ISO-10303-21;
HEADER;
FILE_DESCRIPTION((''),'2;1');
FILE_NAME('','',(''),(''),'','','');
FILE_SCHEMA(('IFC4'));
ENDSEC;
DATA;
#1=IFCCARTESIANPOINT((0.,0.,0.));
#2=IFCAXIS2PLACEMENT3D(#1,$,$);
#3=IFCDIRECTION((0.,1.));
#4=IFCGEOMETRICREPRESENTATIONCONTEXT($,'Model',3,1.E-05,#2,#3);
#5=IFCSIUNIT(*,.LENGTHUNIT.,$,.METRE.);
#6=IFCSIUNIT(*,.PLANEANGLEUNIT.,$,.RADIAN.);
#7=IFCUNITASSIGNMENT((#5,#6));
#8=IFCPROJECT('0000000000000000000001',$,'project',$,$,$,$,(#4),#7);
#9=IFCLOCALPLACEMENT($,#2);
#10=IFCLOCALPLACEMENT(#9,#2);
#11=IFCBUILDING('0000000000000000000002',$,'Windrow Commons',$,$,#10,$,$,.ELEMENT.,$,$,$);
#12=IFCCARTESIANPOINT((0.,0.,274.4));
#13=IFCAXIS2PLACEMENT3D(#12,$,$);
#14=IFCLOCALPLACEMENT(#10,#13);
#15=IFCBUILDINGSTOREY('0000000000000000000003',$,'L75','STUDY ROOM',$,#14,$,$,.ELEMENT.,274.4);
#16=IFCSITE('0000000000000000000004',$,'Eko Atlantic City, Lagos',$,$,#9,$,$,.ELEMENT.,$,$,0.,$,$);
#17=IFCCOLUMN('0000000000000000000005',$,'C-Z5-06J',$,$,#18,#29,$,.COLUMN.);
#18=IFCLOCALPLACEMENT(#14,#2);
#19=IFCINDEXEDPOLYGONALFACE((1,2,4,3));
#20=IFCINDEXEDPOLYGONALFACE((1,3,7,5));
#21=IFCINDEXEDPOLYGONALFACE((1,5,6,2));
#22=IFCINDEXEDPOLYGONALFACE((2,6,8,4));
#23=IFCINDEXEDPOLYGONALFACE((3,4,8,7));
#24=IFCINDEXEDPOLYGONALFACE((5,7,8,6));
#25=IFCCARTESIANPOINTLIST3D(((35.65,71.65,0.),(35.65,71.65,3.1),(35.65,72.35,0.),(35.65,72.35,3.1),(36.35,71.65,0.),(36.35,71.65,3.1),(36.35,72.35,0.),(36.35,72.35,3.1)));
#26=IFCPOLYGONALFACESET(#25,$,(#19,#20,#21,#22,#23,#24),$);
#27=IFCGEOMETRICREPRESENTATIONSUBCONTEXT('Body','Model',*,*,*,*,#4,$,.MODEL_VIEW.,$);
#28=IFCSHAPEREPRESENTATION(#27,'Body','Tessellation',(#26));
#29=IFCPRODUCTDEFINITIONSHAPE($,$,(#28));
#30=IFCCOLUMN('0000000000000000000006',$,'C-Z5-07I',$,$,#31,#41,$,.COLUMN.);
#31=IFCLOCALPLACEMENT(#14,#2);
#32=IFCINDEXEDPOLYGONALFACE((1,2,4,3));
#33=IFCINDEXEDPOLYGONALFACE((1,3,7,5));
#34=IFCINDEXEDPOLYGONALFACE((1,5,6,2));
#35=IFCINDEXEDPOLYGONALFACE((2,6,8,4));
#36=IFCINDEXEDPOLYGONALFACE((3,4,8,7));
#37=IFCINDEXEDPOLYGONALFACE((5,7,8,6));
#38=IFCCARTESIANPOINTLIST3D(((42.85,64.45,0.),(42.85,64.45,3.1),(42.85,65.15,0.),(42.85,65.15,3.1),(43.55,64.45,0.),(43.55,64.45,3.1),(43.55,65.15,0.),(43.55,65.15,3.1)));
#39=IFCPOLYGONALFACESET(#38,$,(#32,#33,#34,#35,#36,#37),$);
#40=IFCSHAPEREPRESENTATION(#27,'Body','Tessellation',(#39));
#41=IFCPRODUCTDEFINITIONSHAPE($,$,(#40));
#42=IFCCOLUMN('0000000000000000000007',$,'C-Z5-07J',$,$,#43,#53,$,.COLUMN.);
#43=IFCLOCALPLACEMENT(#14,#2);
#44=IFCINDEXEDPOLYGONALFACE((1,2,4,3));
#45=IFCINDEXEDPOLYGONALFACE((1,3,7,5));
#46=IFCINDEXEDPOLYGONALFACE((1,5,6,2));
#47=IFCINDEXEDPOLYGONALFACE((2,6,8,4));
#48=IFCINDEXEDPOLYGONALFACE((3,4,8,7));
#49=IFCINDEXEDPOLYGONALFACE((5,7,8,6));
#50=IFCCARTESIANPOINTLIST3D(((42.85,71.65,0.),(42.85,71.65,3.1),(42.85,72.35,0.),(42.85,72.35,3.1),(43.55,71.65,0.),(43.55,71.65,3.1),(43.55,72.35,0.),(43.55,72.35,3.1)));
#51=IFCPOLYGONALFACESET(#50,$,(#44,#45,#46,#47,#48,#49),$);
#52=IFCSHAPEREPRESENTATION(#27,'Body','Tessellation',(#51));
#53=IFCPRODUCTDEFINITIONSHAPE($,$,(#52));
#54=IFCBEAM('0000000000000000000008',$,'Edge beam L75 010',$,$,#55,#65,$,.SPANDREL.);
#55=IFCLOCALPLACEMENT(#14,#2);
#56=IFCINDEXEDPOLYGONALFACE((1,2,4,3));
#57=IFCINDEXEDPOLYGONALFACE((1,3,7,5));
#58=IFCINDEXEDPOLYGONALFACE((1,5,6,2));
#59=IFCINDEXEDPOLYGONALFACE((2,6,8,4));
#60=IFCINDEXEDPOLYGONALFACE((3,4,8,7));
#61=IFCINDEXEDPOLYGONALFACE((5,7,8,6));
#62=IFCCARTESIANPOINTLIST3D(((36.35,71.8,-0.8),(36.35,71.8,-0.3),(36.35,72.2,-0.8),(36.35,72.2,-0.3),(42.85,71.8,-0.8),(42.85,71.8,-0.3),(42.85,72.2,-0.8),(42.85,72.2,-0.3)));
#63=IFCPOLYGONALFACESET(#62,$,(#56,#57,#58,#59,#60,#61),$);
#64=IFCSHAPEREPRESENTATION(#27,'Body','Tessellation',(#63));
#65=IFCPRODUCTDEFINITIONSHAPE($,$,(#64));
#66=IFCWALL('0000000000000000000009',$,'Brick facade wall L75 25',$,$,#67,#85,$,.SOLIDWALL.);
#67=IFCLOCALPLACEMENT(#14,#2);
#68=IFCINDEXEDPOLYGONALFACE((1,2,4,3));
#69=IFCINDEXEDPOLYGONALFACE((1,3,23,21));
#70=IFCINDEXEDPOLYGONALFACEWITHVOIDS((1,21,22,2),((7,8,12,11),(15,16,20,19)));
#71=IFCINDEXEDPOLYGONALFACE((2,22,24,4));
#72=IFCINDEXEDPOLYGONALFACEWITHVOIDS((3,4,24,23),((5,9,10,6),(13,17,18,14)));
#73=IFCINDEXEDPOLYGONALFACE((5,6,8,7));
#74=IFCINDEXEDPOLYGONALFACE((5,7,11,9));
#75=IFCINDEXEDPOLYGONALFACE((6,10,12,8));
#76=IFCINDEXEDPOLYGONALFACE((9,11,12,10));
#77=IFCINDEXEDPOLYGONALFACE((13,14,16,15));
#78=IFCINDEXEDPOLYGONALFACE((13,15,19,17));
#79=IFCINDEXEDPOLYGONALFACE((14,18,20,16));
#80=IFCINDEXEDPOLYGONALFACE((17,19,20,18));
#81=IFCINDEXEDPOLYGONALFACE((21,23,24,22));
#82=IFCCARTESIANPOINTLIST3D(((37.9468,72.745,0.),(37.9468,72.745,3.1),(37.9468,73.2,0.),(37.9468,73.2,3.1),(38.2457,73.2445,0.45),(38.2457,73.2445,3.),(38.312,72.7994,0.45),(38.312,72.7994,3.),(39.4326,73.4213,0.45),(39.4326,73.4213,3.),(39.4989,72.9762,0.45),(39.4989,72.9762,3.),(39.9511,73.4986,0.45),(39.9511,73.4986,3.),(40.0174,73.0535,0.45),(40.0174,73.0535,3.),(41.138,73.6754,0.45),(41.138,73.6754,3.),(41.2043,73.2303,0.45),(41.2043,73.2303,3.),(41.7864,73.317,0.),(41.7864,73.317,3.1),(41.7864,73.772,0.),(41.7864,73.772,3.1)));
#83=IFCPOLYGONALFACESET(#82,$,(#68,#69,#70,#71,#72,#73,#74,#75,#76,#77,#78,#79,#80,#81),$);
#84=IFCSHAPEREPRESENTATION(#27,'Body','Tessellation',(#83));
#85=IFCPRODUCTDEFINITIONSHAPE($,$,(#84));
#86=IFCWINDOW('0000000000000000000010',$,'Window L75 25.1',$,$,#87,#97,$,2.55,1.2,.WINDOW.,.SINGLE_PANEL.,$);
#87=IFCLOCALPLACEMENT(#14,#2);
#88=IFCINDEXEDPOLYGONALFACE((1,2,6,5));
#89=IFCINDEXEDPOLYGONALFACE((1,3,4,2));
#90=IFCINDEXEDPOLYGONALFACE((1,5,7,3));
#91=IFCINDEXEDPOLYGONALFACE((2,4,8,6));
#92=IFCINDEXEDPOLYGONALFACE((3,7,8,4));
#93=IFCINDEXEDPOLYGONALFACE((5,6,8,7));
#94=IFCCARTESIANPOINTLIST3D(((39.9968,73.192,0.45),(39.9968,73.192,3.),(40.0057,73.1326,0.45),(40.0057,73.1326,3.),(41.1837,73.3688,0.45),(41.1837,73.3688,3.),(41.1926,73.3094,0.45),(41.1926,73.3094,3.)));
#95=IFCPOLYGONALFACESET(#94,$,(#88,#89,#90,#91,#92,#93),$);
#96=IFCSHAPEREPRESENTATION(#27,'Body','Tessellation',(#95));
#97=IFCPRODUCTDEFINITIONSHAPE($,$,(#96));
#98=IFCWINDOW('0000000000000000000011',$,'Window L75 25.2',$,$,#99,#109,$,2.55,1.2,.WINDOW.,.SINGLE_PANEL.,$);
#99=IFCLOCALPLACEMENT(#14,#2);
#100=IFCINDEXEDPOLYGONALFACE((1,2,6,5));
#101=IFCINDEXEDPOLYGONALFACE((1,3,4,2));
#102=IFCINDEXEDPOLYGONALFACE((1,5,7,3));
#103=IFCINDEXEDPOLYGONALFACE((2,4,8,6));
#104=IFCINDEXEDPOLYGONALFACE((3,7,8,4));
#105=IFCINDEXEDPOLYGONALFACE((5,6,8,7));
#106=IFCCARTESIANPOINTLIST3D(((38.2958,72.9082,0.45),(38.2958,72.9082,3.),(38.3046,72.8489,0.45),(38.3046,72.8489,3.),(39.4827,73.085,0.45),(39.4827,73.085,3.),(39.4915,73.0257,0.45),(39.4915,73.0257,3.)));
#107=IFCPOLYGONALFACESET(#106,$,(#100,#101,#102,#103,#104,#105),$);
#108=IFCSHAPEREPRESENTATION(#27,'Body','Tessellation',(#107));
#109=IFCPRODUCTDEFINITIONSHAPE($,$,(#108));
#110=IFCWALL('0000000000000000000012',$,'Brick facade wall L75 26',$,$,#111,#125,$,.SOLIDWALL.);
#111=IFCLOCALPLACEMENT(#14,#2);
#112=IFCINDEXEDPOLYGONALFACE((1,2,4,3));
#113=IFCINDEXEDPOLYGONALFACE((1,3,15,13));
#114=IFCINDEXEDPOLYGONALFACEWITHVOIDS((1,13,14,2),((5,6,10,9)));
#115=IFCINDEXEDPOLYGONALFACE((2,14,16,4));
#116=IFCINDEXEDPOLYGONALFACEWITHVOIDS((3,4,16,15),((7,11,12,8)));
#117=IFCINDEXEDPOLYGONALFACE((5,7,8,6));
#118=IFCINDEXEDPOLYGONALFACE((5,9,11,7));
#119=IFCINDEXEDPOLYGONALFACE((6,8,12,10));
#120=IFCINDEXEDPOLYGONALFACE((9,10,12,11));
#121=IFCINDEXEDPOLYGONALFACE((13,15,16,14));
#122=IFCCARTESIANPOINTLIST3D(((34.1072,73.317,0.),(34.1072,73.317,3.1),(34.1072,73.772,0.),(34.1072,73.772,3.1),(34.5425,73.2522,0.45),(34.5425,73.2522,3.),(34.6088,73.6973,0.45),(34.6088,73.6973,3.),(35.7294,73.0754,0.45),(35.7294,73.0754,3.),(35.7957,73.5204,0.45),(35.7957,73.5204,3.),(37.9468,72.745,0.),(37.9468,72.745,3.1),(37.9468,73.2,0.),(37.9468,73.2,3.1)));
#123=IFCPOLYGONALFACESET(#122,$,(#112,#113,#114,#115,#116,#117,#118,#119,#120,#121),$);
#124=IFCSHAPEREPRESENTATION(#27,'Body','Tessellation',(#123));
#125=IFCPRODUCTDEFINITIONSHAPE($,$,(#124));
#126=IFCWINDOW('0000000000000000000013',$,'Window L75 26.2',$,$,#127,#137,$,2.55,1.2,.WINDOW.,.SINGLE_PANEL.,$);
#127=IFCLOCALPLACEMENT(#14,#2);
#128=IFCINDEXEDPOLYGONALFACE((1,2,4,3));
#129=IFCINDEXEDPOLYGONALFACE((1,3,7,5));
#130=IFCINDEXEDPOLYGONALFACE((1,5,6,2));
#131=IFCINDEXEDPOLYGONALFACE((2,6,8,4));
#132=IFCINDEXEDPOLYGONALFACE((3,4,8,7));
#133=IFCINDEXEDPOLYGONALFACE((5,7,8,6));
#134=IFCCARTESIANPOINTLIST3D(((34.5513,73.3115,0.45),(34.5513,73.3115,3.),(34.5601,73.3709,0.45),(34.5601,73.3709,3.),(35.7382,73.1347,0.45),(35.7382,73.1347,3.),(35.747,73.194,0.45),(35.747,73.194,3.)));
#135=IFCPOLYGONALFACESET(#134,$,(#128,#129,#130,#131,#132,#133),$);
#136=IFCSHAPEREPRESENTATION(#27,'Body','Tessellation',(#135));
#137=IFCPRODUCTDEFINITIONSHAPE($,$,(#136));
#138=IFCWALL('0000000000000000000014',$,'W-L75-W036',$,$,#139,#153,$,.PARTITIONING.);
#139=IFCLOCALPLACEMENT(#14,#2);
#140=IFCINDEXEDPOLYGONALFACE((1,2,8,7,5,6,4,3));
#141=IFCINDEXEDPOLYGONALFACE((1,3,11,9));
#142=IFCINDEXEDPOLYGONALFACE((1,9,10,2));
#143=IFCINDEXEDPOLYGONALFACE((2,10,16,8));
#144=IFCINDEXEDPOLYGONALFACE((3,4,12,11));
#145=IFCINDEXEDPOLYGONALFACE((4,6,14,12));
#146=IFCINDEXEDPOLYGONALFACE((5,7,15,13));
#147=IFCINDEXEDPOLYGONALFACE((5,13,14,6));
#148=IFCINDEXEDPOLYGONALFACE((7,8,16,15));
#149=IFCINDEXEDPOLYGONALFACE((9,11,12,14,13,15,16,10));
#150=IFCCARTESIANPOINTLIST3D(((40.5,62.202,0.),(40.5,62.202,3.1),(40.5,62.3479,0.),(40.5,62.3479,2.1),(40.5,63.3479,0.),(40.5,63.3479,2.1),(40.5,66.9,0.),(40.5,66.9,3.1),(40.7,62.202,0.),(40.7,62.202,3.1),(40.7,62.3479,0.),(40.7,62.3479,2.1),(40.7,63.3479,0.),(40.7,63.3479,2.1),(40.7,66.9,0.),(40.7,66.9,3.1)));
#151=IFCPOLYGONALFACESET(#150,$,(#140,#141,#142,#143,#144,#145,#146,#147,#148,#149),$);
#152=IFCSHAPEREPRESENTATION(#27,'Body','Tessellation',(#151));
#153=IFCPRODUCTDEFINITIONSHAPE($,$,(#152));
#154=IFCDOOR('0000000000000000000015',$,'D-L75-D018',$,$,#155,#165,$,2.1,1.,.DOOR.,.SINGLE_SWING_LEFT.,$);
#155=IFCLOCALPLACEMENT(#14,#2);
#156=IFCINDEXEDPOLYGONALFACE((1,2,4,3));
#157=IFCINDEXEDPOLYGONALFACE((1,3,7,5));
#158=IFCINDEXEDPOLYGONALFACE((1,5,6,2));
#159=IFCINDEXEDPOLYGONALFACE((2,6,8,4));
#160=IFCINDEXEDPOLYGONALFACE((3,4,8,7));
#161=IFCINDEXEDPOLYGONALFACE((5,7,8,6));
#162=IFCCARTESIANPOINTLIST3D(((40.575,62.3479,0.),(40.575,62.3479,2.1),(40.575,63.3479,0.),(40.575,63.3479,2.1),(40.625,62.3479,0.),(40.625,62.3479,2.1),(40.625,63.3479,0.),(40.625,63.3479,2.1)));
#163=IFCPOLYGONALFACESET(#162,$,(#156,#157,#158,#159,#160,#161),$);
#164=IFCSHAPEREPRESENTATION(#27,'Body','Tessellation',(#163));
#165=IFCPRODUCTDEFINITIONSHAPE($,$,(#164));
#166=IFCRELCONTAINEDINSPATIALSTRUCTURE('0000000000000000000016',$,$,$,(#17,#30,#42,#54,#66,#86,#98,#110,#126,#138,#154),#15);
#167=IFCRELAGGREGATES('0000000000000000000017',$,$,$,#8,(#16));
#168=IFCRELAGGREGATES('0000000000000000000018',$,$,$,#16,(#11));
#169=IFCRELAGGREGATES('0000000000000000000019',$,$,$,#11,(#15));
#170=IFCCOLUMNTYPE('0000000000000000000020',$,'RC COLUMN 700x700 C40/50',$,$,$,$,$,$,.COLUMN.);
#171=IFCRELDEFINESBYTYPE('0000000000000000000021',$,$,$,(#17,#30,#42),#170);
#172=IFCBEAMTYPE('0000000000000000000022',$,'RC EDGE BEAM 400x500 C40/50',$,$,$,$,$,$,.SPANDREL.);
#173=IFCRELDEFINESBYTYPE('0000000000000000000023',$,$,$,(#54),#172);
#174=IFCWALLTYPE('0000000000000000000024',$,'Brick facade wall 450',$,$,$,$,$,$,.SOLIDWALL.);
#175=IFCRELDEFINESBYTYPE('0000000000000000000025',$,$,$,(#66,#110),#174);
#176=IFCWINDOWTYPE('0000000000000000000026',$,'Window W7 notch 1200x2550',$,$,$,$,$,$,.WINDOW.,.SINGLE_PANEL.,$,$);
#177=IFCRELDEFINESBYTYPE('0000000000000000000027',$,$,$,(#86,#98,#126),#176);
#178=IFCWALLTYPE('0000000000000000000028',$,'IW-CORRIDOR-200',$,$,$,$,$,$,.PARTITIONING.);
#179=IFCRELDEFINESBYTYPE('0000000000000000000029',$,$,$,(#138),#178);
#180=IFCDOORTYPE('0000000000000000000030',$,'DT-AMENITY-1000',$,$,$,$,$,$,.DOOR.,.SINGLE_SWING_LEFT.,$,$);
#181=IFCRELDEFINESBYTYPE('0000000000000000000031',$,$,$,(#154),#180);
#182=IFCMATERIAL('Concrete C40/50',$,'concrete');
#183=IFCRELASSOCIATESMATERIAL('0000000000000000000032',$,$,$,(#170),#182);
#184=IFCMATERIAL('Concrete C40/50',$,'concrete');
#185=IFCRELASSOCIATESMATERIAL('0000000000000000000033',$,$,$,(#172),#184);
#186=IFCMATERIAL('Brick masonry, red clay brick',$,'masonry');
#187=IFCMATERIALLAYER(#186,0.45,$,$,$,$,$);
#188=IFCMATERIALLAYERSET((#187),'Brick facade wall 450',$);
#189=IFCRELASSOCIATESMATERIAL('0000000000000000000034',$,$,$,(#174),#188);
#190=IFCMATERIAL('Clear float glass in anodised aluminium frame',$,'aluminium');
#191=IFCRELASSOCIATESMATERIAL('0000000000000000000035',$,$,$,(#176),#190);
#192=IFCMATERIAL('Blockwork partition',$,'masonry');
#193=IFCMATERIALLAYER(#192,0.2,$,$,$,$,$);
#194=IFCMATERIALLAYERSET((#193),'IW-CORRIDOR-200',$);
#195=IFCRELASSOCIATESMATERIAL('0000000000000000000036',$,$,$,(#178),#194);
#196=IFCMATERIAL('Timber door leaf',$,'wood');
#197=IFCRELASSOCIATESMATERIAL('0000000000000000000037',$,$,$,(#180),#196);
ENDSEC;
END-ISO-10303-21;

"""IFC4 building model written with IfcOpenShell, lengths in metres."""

from ifc_helpers import new_model, si_unit, direction, frame, frame_2d, origin, origin_2d, place, context, subcontext, project, spatial, polyline, rectangle, outline, extrude, material, layer, layer_set, material_profile, profile_set, type_object, element, fill, save


model = new_model("IFC4")

# Units and contexts
model_context = context("Model", 3, precision=1e-05, world=origin(), true_north=direction((0.0, 1.0)))
body_context = subcontext(model_context, "Body", "Model", "MODEL_VIEW")
ifc_project = project(units=[si_unit("LENGTHUNIT", "METRE"), si_unit("PLANEANGLEUNIT", "RADIAN")], contexts=[model_context])

# Site, building, storey
site_placement = place(None, origin())
site = spatial("IfcSite", under=ifc_project, at=site_placement, Name="Eko Atlantic City, Lagos", CompositionType="ELEMENT", RefElevation=0.0)
building_placement = place(site_placement, origin())
building = spatial("IfcBuilding", under=site, at=building_placement, Name="Windrow Commons", CompositionType="ELEMENT")
storey_placement = place(building_placement, frame((0.0, 0.0, 274.4)))
storey = spatial("IfcBuildingStorey", under=building, at=storey_placement, Name="L75", Description="STUDY ROOM", CompositionType="ELEMENT", Elevation=274.4)

# Columns
ifc_material_1 = material(Name="Concrete C40/50", Category="concrete")
ifc_material_profile_1 = material_profile(ifc_material_1, rectangle(XDim=0.7, YDim=0.7, at=origin_2d()))
ifc_profile_set_1 = profile_set([ifc_material_profile_1], Name="Concrete C40/50")
column_type = type_object("IfcColumnType", Name="RC COLUMN 700x700 C40/50", PredefinedType="COLUMN", material=ifc_profile_set_1)
for number, where, z_axis, x_axis, name in (
    (1, (36.0, 72.0, 0.0), (0.0, 0.0, 1.0), (1.0, 0.0, 0.0), "C-Z5-06J"),
    (2, (43.2, 64.8, 0.0), (0.0, 0.0, 1.0), (1.0, 0.0, 0.0), "C-Z5-07I"),
    (3, (43.2, 72.0, 0.0), (0.0, 0.0, 1.0), (1.0, 0.0, 0.0), "C-Z5-07J"),
):
    element("IfcColumn", number, at=place(storey_placement, frame(where, z_axis=z_axis, x_axis=x_axis)), inside=storey, type_object=column_type, Name=name, PredefinedType="COLUMN", context=body_context, shape_type="SweptSolid", body=[
        extrude(rectangle(XDim=0.7, YDim=0.7, at=origin_2d()), origin(), (0.0, 0.0, 1.0), 3.1),
    ])

# Beam
ifc_material_2 = material(Name="Concrete C40/50", Category="concrete")
ifc_material_profile_2 = material_profile(ifc_material_2, rectangle(XDim=0.4, YDim=0.5, at=origin_2d()))
ifc_profile_set_2 = profile_set([ifc_material_profile_2], Name="Concrete C40/50")
beam_type = type_object("IfcBeamType", Name="RC EDGE BEAM 400x500 C40/50", PredefinedType="SPANDREL", material=ifc_profile_set_2)
beam_placement = place(storey_placement, frame((36.35, 72.0, -0.55), z_axis=(1.0, 0.0, 0.0), x_axis=(0.0, 1.0, 0.0)))
element("IfcBeam", 4, at=beam_placement, inside=storey, type_object=beam_type, Name="Edge beam L75 010", PredefinedType="SPANDREL", context=body_context, shape_type="SweptSolid", body=[
    extrude(rectangle(XDim=0.4, YDim=0.5, at=origin_2d()), origin(), (0.0, 0.0, 1.0), 6.5),
])

# Wall, openings, windows
ifc_material_3 = material(Name="Brick masonry, red clay brick", Category="masonry")
ifc_layer_1 = layer(ifc_material_3, 0.45)
ifc_layer_set_1 = layer_set([ifc_layer_1], Name="Brick facade wall 450")
wall_type_1 = type_object("IfcWallType", Name="Brick facade wall 450", PredefinedType="SOLIDWALL", material=ifc_layer_set_1)
wall_1_placement = place(storey_placement, frame((41.7864, 73.5445, 0.0), z_axis=(0.0, 0.0, 1.0), x_axis=(-0.989085, -0.147348, 0.0)))
wall_1 = element("IfcWall", 5, at=wall_1_placement, inside=storey, type_object=wall_type_1, Name="Brick facade wall L75 25", PredefinedType="SOLIDWALL", context=body_context, shape_type="SweptSolid", body=[
    extrude(outline(polyline([(-0.0335, -0.225), (3.8485, -0.225), (3.9155, 0.225), (0.0335, 0.225), (-0.0335, -0.225)])), origin(), (0.0, 0.0, 1.0), 3.1),
])
opening_1_placement = place(wall_1_placement, frame((0.622, 0.0, 0.45)))
opening_1 = element("IfcOpeningElement", 6, at=opening_1_placement, cuts=wall_1, PredefinedType="OPENING", context=body_context, shape_type="SweptSolid", body=[
    extrude(rectangle(XDim=1.2, YDim=2.55, at=frame_2d((0.6, 1.275))), frame((0.0, 0.235, 0.0), z_axis=(0.0, -1.0, 0.0), x_axis=(1.0, 0.0, 0.0)), (0.0, 0.0, 1.0), 0.47),
])
opening_2_placement = place(wall_1_placement, frame((2.3463, 0.0, 0.45)))
opening_2 = element("IfcOpeningElement", 7, at=opening_2_placement, cuts=wall_1, PredefinedType="OPENING", context=body_context, shape_type="SweptSolid", body=[
    extrude(rectangle(XDim=1.2, YDim=2.55, at=frame_2d((0.6, 1.275))), frame((0.0, 0.235, 0.0), z_axis=(0.0, -1.0, 0.0), x_axis=(1.0, 0.0, 0.0)), (0.0, 0.0, 1.0), 0.47),
])
ifc_material_4 = material(Name="Clear float glass in anodised aluminium frame", Category="aluminium")
window_type = type_object("IfcWindowType", Name="Window W7 notch 1200x2550", PartitioningType="SINGLE_PANEL", PredefinedType="WINDOW", material=ifc_material_4)
window_1_placement = place(opening_1_placement, origin())
window_1 = element("IfcWindow", 8, at=window_1_placement, inside=storey, type_object=window_type, Name="Window L75 25.1", OverallHeight=2.55, OverallWidth=1.2, PartitioningType="SINGLE_PANEL", PredefinedType="WINDOW", context=body_context, shape_type="SweptSolid", body=[
    extrude(rectangle(XDim=1.2, YDim=2.55, at=frame_2d((0.6, 1.275))), frame((0.0, 0.145, 0.0), z_axis=(0.0, -1.0, 0.0), x_axis=(1.0, 0.0, 0.0)), (0.0, 0.0, 1.0), 0.06),
])
fill(opening_1, window_1)
window_2_placement = place(opening_2_placement, origin())
window_2 = element("IfcWindow", 9, at=window_2_placement, inside=storey, type_object=window_type, Name="Window L75 25.2", OverallHeight=2.55, OverallWidth=1.2, PartitioningType="SINGLE_PANEL", PredefinedType="WINDOW", context=body_context, shape_type="SweptSolid", body=[
    extrude(rectangle(XDim=1.2, YDim=2.55, at=frame_2d((0.6, 1.275))), frame((0.0, 0.175, 0.0), z_axis=(0.0, -1.0, 0.0), x_axis=(1.0, 0.0, 0.0)), (0.0, 0.0, 1.0), 0.06),
])
fill(opening_2, window_2)

# Wall, opening, window
wall_2_placement = place(storey_placement, frame((37.9468, 72.9725, 0.0), z_axis=(0.0, 0.0, 1.0), x_axis=(-0.989085, 0.147348, 0.0)))
wall_2 = element("IfcWall", 10, at=wall_2_placement, inside=storey, type_object=wall_type_1, Name="Brick facade wall L75 26", PredefinedType="SOLIDWALL", context=body_context, shape_type="SweptSolid", body=[
    extrude(outline(polyline([(0.0335, -0.225), (3.9155, -0.225), (3.8485, 0.225), (-0.0335, 0.225), (0.0335, -0.225)])), origin(), (0.0, 0.0, 1.0), 3.1),
])
opening_3_placement = place(wall_2_placement, frame((2.2084, 0.0, 0.45)))
opening_3 = element("IfcOpeningElement", 11, at=opening_3_placement, cuts=wall_2, PredefinedType="OPENING", context=body_context, shape_type="SweptSolid", body=[
    extrude(rectangle(XDim=1.2, YDim=2.55, at=frame_2d((0.6, 1.275))), frame((0.0, 0.235, 0.0), z_axis=(0.0, -1.0, 0.0), x_axis=(1.0, 0.0, 0.0)), (0.0, 0.0, 1.0), 0.47),
])
window_3_placement = place(opening_3_placement, origin())
window_3 = element("IfcWindow", 12, at=window_3_placement, inside=storey, type_object=window_type, Name="Window L75 26.2", OverallHeight=2.55, OverallWidth=1.2, PartitioningType="SINGLE_PANEL", PredefinedType="WINDOW", context=body_context, shape_type="SweptSolid", body=[
    extrude(rectangle(XDim=1.2, YDim=2.55, at=frame_2d((0.6, 1.275))), frame((0.0, 0.165, 0.0), z_axis=(0.0, -1.0, 0.0), x_axis=(1.0, 0.0, 0.0)), (0.0, 0.0, 1.0), 0.06),
])
fill(opening_3, window_3)

# Wall, opening, door
ifc_material_5 = material(Name="Blockwork partition", Category="masonry")
ifc_layer_2 = layer(ifc_material_5, 0.2)
ifc_layer_set_2 = layer_set([ifc_layer_2], Name="IW-CORRIDOR-200")
wall_type_2 = type_object("IfcWallType", Name="IW-CORRIDOR-200", PredefinedType="PARTITIONING", material=ifc_layer_set_2)
wall_3_placement = place(storey_placement, frame((40.6, 62.202, 0.0), z_axis=(0.0, 0.0, 1.0), x_axis=(0.0, 1.0, 0.0)))
wall_3 = element("IfcWall", 13, at=wall_3_placement, inside=storey, type_object=wall_type_2, Name="W-L75-W036", PredefinedType="PARTITIONING", context=body_context, shape_type="SweptSolid", body=[
    extrude(rectangle(XDim=4.698, YDim=0.2, at=frame_2d((2.349, 0.0))), origin(), (0.0, 0.0, 1.0), 3.1),
])
opening_4_placement = place(wall_3_placement, frame((0.1459, 0.0, 0.0)))
opening_4 = element("IfcOpeningElement", 14, at=opening_4_placement, cuts=wall_3, PredefinedType="OPENING", context=body_context, shape_type="SweptSolid", body=[
    extrude(rectangle(XDim=1.0, YDim=2.1, at=frame_2d((0.5, 1.05))), frame((0.0, 0.11, 0.0), z_axis=(0.0, -1.0, 0.0), x_axis=(1.0, 0.0, 0.0)), (0.0, 0.0, 1.0), 0.22),
])
ifc_material_6 = material(Name="Timber door leaf", Category="wood")
door_type = type_object("IfcDoorType", Name="DT-AMENITY-1000", OperationType="SINGLE_SWING_LEFT", PredefinedType="DOOR", material=ifc_material_6)
door_1_placement = place(opening_4_placement, origin())
door_1 = element("IfcDoor", 15, at=door_1_placement, inside=storey, type_object=door_type, Name="D-L75-D018", OperationType="SINGLE_SWING_LEFT", OverallHeight=2.1, OverallWidth=1.0, PredefinedType="DOOR", context=body_context, shape_type="SweptSolid", body=[
    extrude(rectangle(XDim=1.0, YDim=2.1, at=frame_2d((0.5, 1.05))), frame((0.0, 0.025, 0.0), z_axis=(0.0, -1.0, 0.0), x_axis=(1.0, 0.0, 0.0)), (0.0, 0.0, 1.0), 0.05),
])
fill(opening_4, door_1)

save(model, "model.ifc")
